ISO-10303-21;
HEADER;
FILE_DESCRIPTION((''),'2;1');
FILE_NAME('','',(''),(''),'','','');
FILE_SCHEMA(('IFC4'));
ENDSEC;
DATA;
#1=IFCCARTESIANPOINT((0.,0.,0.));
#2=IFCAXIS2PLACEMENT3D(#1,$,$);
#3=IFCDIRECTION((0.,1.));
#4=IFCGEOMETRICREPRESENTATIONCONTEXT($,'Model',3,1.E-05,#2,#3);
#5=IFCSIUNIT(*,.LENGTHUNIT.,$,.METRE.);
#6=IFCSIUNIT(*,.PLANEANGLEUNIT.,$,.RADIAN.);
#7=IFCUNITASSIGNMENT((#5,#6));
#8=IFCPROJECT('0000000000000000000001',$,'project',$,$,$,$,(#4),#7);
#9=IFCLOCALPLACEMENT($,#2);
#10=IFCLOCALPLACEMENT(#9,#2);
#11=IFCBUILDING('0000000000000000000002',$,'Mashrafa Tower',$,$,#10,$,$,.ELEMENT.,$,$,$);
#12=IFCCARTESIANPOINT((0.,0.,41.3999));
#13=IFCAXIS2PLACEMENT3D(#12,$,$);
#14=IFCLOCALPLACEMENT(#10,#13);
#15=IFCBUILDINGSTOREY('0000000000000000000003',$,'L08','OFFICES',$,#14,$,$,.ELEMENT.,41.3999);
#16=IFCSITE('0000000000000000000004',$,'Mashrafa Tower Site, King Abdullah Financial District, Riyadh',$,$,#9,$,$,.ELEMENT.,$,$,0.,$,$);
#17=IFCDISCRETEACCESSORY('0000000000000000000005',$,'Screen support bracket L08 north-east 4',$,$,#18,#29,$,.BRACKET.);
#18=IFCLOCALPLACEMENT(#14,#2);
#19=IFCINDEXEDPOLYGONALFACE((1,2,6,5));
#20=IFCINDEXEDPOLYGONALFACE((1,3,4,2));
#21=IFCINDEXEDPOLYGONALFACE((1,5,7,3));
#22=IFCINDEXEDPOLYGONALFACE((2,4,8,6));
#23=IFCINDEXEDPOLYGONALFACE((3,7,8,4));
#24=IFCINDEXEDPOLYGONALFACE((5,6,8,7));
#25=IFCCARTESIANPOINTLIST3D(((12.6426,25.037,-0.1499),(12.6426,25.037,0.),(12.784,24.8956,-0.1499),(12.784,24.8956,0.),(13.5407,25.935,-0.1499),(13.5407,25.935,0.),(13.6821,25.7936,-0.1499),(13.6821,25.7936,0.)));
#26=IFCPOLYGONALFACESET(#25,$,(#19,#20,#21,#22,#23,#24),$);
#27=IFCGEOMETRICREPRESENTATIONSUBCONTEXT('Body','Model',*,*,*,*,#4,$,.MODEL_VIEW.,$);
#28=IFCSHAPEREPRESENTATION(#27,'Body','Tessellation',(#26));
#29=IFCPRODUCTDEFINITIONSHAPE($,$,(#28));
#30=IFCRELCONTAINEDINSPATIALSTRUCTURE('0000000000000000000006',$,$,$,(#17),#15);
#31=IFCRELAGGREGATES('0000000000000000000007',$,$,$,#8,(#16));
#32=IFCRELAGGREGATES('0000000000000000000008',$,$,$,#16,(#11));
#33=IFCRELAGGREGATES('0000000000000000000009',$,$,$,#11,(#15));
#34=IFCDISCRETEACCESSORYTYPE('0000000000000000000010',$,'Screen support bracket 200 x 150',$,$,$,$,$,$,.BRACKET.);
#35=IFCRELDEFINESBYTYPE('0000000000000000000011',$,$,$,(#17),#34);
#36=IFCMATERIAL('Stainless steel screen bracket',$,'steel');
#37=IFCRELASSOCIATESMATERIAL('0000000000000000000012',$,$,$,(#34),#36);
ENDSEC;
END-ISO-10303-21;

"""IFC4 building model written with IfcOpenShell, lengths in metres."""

from ifc_helpers import new_model, si_unit, direction, frame, origin, origin_2d, place, context, subcontext, project, spatial, rectangle, extrude, source, transform, mapped, material, type_object, type_shapes, element, save


model = new_model("IFC4")

# Units and contexts
model_context = context("Model", 3, precision=1e-05, world=origin(), true_north=direction((0.0, 1.0)))
body_context = subcontext(model_context, "Body", "Model", "MODEL_VIEW")
ifc_project = project(units=[si_unit("LENGTHUNIT", "METRE"), si_unit("PLANEANGLEUNIT", "RADIAN")], contexts=[model_context])

# Site, building, storey
site_placement = place(None, origin())
site = spatial("IfcSite", under=ifc_project, at=site_placement, Name="Mashrafa Tower Site, King Abdullah Financial District, Riyadh", CompositionType="ELEMENT", RefElevation=0.0)
building_placement = place(site_placement, origin())
building = spatial("IfcBuilding", under=site, at=building_placement, Name="Mashrafa Tower", CompositionType="ELEMENT")
storey_placement = place(building_placement, frame((0.0, 0.0, 41.3999)))
storey = spatial("IfcBuildingStorey", under=building, at=storey_placement, Name="L08", Description="OFFICES", CompositionType="ELEMENT", Elevation=41.3999)

# Discrete accessory
ifc_material_1 = material(Name="Stainless steel screen bracket", Category="steel")
discrete_accessory_type = type_object("IfcDiscreteAccessoryType", Name="Screen support bracket 200 x 150", PredefinedType="BRACKET", material=ifc_material_1)
shared_shape_1 = source(origin(), body_context, "Body", "SweptSolid", [
    extrude(rectangle(XDim=0.2, YDim=1.27, at=origin_2d()), origin(), (0.0, 0.0, 1.0), 0.1499),
])
type_shapes(discrete_accessory_type, [shared_shape_1])
for number, where, z_axis, x_axis, name in (
    (1, (13.1624, 25.4153, -0.1499), (0.0, 0.0, 1.0), (-0.707107, 0.707107, 0.0), "Screen support bracket L08 north-east 4"),
):
    element("IfcDiscreteAccessory", number, at=place(storey_placement, frame(where, z_axis=z_axis, x_axis=x_axis)), inside=storey, type_object=discrete_accessory_type, Name=name, PredefinedType="BRACKET", context=body_context, shape_type="MappedRepresentation", body=[
        mapped(shared_shape_1, transform((0.0, 0.0, 0.0))),
    ])

save(model, "model.ifc")
